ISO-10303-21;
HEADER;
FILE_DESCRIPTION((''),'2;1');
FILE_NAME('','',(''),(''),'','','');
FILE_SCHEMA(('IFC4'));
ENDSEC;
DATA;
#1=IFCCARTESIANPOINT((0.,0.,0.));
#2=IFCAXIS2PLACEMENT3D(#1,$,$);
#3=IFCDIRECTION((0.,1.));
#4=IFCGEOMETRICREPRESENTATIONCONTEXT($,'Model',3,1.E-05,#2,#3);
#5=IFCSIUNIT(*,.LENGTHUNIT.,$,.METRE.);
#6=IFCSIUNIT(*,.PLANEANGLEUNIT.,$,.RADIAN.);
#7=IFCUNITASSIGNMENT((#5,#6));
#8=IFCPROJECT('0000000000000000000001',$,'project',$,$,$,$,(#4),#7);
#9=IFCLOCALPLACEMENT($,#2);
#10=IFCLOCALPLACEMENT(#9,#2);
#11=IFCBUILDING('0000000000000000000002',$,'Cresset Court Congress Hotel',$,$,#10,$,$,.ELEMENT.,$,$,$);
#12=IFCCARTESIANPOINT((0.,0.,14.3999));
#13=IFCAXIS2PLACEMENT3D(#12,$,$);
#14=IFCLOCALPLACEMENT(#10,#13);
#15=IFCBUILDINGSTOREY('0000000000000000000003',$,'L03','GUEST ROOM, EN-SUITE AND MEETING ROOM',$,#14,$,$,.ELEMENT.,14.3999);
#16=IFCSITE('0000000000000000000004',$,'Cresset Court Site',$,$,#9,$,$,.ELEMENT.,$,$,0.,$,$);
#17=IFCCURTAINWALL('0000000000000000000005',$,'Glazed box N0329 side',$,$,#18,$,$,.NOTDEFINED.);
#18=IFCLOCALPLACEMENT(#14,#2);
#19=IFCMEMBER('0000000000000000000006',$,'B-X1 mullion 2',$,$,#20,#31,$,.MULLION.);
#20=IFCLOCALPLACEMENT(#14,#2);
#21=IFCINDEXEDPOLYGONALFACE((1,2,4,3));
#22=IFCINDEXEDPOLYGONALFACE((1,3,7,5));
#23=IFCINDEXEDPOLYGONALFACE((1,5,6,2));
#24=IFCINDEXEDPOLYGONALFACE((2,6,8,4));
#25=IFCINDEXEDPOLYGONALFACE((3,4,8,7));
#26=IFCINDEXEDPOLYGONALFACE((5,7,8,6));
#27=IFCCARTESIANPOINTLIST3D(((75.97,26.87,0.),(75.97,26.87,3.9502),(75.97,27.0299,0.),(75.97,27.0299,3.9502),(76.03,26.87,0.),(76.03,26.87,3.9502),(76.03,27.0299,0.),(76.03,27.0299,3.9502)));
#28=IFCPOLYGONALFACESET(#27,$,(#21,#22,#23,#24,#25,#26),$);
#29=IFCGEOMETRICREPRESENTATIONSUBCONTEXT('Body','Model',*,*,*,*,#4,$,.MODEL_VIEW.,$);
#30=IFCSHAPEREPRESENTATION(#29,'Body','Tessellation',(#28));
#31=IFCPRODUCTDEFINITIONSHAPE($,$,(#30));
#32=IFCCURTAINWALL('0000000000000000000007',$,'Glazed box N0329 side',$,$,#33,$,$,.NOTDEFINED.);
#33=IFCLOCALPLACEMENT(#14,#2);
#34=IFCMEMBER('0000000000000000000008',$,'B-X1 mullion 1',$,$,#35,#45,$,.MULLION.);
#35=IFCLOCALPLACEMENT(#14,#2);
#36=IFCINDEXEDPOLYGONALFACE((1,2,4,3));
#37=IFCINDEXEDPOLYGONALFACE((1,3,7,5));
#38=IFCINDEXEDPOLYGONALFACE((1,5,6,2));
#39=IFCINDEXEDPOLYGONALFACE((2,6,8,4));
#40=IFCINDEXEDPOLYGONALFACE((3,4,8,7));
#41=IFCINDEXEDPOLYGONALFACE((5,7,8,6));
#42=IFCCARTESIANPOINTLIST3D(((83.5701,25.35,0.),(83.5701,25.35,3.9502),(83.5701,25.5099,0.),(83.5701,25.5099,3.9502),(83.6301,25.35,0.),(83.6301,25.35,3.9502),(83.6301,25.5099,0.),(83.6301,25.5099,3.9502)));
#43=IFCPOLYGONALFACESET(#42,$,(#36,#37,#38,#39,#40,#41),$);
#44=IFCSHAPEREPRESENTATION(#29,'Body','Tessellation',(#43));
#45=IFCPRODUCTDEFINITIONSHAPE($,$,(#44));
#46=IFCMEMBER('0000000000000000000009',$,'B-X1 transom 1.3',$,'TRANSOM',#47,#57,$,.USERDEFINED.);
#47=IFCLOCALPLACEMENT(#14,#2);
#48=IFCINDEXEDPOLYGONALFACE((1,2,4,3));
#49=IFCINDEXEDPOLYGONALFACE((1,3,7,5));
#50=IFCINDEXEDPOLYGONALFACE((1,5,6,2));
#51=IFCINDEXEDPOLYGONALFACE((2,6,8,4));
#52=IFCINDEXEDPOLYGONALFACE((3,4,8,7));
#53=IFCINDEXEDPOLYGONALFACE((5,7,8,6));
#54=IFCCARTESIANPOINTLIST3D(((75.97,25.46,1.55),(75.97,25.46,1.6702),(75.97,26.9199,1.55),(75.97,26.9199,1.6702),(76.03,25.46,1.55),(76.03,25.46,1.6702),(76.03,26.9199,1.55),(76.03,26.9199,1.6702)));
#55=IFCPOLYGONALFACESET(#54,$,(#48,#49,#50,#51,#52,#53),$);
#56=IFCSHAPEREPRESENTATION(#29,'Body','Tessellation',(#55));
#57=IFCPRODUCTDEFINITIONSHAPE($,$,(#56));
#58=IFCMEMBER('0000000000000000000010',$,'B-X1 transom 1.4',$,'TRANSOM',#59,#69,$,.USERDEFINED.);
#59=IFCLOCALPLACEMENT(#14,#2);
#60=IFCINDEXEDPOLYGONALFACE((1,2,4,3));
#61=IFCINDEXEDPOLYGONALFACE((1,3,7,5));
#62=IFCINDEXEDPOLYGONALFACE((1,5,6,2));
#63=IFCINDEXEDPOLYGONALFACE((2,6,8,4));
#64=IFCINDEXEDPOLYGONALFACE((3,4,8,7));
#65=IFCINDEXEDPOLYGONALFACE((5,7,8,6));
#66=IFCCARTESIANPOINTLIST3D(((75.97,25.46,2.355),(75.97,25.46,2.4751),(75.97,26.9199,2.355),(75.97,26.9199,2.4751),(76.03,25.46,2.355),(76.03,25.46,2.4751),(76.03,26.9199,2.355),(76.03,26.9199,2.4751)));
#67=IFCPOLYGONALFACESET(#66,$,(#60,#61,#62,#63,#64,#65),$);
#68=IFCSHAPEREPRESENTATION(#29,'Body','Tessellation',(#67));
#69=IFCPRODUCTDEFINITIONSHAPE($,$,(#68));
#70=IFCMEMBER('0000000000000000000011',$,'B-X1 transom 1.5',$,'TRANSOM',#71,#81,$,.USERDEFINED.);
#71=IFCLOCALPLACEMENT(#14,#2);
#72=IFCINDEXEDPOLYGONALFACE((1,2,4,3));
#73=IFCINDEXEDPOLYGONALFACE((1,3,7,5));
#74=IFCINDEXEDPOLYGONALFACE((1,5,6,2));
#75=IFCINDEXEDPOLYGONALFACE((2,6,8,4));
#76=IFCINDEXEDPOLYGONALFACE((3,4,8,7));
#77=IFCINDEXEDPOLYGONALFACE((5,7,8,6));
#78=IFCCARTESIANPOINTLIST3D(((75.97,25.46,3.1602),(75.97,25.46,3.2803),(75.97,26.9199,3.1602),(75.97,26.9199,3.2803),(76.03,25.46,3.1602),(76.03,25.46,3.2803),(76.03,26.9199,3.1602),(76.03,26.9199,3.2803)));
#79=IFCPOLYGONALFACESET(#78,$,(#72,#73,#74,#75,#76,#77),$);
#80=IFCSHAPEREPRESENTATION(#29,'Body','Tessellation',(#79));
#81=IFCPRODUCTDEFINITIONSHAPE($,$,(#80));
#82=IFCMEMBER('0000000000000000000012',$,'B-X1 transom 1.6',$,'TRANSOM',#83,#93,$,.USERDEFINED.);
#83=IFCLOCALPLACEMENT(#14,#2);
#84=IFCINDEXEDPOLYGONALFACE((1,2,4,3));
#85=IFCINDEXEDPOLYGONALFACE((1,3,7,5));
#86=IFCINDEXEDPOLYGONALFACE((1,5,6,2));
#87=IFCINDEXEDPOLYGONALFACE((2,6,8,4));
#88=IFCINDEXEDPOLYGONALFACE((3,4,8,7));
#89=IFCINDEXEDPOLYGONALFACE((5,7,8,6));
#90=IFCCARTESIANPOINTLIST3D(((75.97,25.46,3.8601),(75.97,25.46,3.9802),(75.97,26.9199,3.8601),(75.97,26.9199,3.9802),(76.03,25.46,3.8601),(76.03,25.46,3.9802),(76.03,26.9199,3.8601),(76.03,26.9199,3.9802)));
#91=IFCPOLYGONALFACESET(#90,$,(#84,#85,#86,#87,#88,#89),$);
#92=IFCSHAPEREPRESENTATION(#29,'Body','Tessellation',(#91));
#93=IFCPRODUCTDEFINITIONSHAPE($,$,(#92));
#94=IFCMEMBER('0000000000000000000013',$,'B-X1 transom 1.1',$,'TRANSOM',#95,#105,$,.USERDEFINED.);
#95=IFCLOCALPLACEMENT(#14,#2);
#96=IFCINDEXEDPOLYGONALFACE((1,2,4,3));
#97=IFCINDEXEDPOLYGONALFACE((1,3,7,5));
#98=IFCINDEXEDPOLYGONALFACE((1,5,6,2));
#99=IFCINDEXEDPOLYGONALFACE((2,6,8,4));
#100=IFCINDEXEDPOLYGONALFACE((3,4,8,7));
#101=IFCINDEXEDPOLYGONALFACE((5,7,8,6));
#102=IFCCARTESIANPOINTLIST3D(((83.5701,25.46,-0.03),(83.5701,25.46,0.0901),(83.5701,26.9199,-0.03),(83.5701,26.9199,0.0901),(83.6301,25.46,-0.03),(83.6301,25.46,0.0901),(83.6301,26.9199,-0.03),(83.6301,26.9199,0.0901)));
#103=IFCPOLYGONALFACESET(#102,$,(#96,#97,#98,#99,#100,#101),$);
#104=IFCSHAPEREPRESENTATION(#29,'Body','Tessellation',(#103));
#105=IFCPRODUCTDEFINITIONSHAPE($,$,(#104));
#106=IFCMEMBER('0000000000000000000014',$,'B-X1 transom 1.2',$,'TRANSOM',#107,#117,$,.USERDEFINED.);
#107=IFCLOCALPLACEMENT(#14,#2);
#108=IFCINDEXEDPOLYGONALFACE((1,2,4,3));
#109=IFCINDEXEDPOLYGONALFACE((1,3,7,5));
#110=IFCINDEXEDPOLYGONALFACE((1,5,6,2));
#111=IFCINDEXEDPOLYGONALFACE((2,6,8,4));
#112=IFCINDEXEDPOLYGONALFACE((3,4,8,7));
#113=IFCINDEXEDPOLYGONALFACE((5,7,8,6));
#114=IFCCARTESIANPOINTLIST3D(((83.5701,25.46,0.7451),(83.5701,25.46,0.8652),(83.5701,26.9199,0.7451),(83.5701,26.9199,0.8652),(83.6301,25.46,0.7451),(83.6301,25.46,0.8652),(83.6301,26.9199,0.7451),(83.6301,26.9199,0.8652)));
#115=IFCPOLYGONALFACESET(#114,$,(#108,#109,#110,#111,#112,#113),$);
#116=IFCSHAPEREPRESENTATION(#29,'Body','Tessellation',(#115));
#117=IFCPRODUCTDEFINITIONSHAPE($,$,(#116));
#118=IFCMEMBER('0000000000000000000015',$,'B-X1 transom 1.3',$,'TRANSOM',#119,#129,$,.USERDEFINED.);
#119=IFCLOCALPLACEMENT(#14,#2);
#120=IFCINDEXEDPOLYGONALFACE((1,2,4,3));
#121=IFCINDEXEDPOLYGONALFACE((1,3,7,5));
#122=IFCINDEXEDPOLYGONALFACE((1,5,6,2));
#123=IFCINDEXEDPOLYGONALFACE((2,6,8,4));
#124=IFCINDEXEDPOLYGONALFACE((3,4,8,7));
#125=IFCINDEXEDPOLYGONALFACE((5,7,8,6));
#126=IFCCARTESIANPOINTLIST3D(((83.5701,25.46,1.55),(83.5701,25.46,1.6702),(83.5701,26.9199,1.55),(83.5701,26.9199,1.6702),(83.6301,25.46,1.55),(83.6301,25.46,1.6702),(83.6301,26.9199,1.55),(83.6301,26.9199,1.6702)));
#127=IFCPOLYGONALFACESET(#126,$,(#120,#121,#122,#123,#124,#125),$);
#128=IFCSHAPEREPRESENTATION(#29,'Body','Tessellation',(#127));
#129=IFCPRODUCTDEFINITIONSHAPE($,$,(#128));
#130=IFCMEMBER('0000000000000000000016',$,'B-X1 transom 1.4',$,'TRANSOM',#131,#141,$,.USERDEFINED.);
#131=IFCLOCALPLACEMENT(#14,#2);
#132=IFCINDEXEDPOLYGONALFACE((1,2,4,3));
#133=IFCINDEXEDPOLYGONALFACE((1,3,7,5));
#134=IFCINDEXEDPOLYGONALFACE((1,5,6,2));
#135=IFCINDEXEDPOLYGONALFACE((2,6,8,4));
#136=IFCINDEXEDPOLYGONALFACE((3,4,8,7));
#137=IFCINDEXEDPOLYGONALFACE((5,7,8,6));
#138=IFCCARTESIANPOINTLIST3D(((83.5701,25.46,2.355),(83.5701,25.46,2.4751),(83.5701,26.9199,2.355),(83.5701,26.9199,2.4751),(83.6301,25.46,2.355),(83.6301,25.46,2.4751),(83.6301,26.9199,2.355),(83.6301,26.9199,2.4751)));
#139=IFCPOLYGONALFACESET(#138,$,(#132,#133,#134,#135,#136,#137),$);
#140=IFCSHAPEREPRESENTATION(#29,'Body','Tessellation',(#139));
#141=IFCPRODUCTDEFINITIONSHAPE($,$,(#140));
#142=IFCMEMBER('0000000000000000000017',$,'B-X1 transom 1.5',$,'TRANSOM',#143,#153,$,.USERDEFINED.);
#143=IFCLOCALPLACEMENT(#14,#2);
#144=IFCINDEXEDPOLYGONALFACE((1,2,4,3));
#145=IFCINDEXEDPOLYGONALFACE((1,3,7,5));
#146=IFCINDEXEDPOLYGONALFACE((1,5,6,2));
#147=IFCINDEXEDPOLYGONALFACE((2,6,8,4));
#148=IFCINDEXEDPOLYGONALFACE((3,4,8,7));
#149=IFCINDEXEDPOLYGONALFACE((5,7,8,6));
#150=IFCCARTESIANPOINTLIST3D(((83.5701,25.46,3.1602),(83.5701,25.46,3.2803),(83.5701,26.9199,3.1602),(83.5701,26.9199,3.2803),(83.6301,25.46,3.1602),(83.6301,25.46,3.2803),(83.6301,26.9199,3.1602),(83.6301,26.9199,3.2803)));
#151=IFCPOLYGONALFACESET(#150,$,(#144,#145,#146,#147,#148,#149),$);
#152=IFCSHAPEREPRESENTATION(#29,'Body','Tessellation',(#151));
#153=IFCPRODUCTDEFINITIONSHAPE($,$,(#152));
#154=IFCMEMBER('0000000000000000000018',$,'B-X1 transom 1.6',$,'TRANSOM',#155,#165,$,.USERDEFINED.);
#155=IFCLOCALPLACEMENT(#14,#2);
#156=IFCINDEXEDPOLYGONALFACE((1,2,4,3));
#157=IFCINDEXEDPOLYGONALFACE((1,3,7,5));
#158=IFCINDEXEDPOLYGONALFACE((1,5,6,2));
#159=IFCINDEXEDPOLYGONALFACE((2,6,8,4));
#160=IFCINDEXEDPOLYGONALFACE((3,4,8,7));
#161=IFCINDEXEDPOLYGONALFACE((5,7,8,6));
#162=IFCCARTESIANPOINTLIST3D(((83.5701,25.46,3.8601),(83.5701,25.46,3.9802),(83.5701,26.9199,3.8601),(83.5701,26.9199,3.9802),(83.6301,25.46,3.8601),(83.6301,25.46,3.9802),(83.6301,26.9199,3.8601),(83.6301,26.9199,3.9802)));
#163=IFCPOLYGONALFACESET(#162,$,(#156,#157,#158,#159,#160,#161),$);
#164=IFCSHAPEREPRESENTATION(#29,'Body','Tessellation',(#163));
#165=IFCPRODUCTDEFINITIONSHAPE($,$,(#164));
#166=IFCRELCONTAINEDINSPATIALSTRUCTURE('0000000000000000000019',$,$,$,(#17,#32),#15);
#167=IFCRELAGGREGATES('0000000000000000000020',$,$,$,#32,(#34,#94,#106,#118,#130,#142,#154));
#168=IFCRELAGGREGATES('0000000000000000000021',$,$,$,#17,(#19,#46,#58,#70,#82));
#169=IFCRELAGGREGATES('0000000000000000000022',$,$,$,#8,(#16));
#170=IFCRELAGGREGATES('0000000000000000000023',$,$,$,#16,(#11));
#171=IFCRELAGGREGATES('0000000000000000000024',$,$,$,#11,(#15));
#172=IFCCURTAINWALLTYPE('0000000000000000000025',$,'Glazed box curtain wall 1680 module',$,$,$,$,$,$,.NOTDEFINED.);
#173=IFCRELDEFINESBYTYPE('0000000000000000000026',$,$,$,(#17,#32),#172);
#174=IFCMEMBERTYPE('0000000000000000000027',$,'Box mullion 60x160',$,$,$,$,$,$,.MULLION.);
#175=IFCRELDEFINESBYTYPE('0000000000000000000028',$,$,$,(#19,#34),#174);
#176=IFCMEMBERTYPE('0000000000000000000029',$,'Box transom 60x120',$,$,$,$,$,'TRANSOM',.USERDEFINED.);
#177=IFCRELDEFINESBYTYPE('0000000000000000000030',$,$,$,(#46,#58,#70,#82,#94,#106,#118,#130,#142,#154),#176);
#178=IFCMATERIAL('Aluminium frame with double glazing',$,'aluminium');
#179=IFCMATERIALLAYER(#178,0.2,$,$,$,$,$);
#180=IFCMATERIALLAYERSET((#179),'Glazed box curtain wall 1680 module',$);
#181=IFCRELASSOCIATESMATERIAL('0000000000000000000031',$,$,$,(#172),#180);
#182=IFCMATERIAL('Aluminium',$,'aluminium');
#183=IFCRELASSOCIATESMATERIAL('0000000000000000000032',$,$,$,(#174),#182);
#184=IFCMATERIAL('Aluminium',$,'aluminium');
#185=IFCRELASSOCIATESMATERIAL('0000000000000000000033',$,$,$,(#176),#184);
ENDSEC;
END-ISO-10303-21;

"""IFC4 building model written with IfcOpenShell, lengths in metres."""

from ifc_helpers import new_model, si_unit, direction, frame, origin, origin_2d, place, context, subcontext, project, spatial, rectangle, extrude, material, layer, layer_set, material_profile, profile_set, type_object, element, aggregate, save


model = new_model("IFC4")

# Units and contexts
model_context = context("Model", 3, precision=1e-05, world=origin(), true_north=direction((0.0, 1.0)))
body_context = subcontext(model_context, "Body", "Model", "MODEL_VIEW")
ifc_project = project(units=[si_unit("LENGTHUNIT", "METRE"), si_unit("PLANEANGLEUNIT", "RADIAN")], contexts=[model_context])

# Site, building, storey
site_placement = place(None, origin())
site = spatial("IfcSite", under=ifc_project, at=site_placement, Name="Cresset Court Site", CompositionType="ELEMENT", RefElevation=0.0)
building_placement = place(site_placement, origin())
building = spatial("IfcBuilding", under=site, at=building_placement, Name="Cresset Court Congress Hotel", CompositionType="ELEMENT")
storey_placement = place(building_placement, frame((0.0, 0.0, 14.3999)))
storey = spatial("IfcBuildingStorey", under=building, at=storey_placement, Name="L03", Description="GUEST ROOM, EN-SUITE AND MEETING ROOM", CompositionType="ELEMENT", Elevation=14.3999)

# Curtain walls, members
ifc_material_1 = material(Name="Aluminium frame with double glazing", Category="aluminium")
ifc_layer_1 = layer(ifc_material_1, 0.2)
ifc_layer_set_1 = layer_set([ifc_layer_1], Name="Glazed box curtain wall 1680 module")
curtain_wall_type = type_object("IfcCurtainWallType", Name="Glazed box curtain wall 1680 module", PredefinedType="NOTDEFINED", material=ifc_layer_set_1)
curtain_wall_1_placement = place(storey_placement, origin())
curtain_wall_1 = element("IfcCurtainWall", 1, at=curtain_wall_1_placement, inside=storey, type_object=curtain_wall_type, Name="Glazed box N0329 side", PredefinedType="NOTDEFINED")
ifc_material_2 = material(Name="Aluminium", Category="aluminium")
ifc_material_profile_1 = material_profile(ifc_material_2, rectangle(XDim=0.0601, YDim=0.1599, at=origin_2d()), Name="Box mullion 60x160")
ifc_profile_set_1 = profile_set([ifc_material_profile_1], Name="Aluminium")
member_type_1 = type_object("IfcMemberType", Name="Box mullion 60x160", PredefinedType="MULLION", material=ifc_profile_set_1)
member_1_placement = place(storey_placement, frame((76.0, 26.95, 0.0), z_axis=(0.0, 0.0, 1.0), x_axis=(-1.0, 0.0, 0.0)))
member_1 = element("IfcMember", 2, at=member_1_placement, type_object=member_type_1, Name="B-X1 mullion 2", PredefinedType="MULLION", context=body_context, shape_type="SweptSolid", body=[
    extrude(rectangle(XDim=0.0601, YDim=0.1599, at=origin_2d()), origin(), (0.0, 0.0, 1.0), 3.9502),
])
curtain_wall_2_placement = place(storey_placement, origin())
curtain_wall_2 = element("IfcCurtainWall", 3, at=curtain_wall_2_placement, inside=storey, type_object=curtain_wall_type, Name="Glazed box N0329 side", PredefinedType="NOTDEFINED")
member_2_placement = place(storey_placement, frame((83.6001, 25.4299, 0.0), z_axis=(0.0, 0.0, 1.0), x_axis=(-1.0, 0.0, 0.0)))
member_2 = element("IfcMember", 4, at=member_2_placement, type_object=member_type_1, Name="B-X1 mullion 1", PredefinedType="MULLION", context=body_context, shape_type="SweptSolid", body=[
    extrude(rectangle(XDim=0.0601, YDim=0.1599, at=origin_2d()), origin(), (0.0, 0.0, 1.0), 3.9502),
])

# Members
ifc_material_3 = material(Name="Aluminium", Category="aluminium")
ifc_material_profile_2 = material_profile(ifc_material_3, rectangle(XDim=0.0601, YDim=0.1201, at=origin_2d()), Name="Box transom 60x120")
ifc_profile_set_2 = profile_set([ifc_material_profile_2], Name="Aluminium")
member_type_2 = type_object("IfcMemberType", Name="Box transom 60x120", ElementType="TRANSOM", PredefinedType="USERDEFINED", material=ifc_profile_set_2)
member_3_placement = place(storey_placement, frame((76.0, 25.46, 1.6101), z_axis=(0.0, 1.0, 0.0), x_axis=(-1.0, 0.0, 0.0)))
member_3 = element("IfcMember", 5, at=member_3_placement, type_object=member_type_2, Name="B-X1 transom 1.3", ObjectType="TRANSOM", PredefinedType="USERDEFINED", context=body_context, shape_type="SweptSolid", body=[
    extrude(rectangle(XDim=0.0601, YDim=0.1201, at=origin_2d()), origin(), (0.0, 0.0, 1.0), 1.46),
])
member_4_placement = place(storey_placement, frame((76.0, 25.46, 2.415), z_axis=(0.0, 1.0, 0.0), x_axis=(-1.0, 0.0, 0.0)))
member_4 = element("IfcMember", 6, at=member_4_placement, type_object=member_type_2, Name="B-X1 transom 1.4", ObjectType="TRANSOM", PredefinedType="USERDEFINED", context=body_context, shape_type="SweptSolid", body=[
    extrude(rectangle(XDim=0.0601, YDim=0.1201, at=origin_2d()), origin(), (0.0, 0.0, 1.0), 1.46),
])
member_5_placement = place(storey_placement, frame((76.0, 25.46, 3.2202), z_axis=(0.0, 1.0, 0.0), x_axis=(-1.0, 0.0, 0.0)))
member_5 = element("IfcMember", 7, at=member_5_placement, type_object=member_type_2, Name="B-X1 transom 1.5", ObjectType="TRANSOM", PredefinedType="USERDEFINED", context=body_context, shape_type="SweptSolid", body=[
    extrude(rectangle(XDim=0.0601, YDim=0.1201, at=origin_2d()), origin(), (0.0, 0.0, 1.0), 1.46),
])
member_6_placement = place(storey_placement, frame((76.0, 25.46, 3.9202), z_axis=(0.0, 1.0, 0.0), x_axis=(-1.0, 0.0, 0.0)))
member_6 = element("IfcMember", 8, at=member_6_placement, type_object=member_type_2, Name="B-X1 transom 1.6", ObjectType="TRANSOM", PredefinedType="USERDEFINED", context=body_context, shape_type="SweptSolid", body=[
    extrude(rectangle(XDim=0.0601, YDim=0.1201, at=origin_2d()), origin(), (0.0, 0.0, 1.0), 1.46),
])
member_7_placement = place(storey_placement, frame((83.6001, 25.46, 0.03), z_axis=(0.0, 1.0, 0.0), x_axis=(-1.0, 0.0, 0.0)))
member_7 = element("IfcMember", 9, at=member_7_placement, type_object=member_type_2, Name="B-X1 transom 1.1", ObjectType="TRANSOM", PredefinedType="USERDEFINED", context=body_context, shape_type="SweptSolid", body=[
    extrude(rectangle(XDim=0.0601, YDim=0.1201, at=origin_2d()), origin(), (0.0, 0.0, 1.0), 1.46),
])
member_8_placement = place(storey_placement, frame((83.6001, 25.46, 0.8052), z_axis=(0.0, 1.0, 0.0), x_axis=(-1.0, 0.0, 0.0)))
member_8 = element("IfcMember", 10, at=member_8_placement, type_object=member_type_2, Name="B-X1 transom 1.2", ObjectType="TRANSOM", PredefinedType="USERDEFINED", context=body_context, shape_type="SweptSolid", body=[
    extrude(rectangle(XDim=0.0601, YDim=0.1201, at=origin_2d()), origin(), (0.0, 0.0, 1.0), 1.46),
])
member_9_placement = place(storey_placement, frame((83.6001, 25.46, 1.6101), z_axis=(0.0, 1.0, 0.0), x_axis=(-1.0, 0.0, 0.0)))
member_9 = element("IfcMember", 11, at=member_9_placement, type_object=member_type_2, Name="B-X1 transom 1.3", ObjectType="TRANSOM", PredefinedType="USERDEFINED", context=body_context, shape_type="SweptSolid", body=[
    extrude(rectangle(XDim=0.0601, YDim=0.1201, at=origin_2d()), origin(), (0.0, 0.0, 1.0), 1.46),
])
member_10_placement = place(storey_placement, frame((83.6001, 25.46, 2.415), z_axis=(0.0, 1.0, 0.0), x_axis=(-1.0, 0.0, 0.0)))
member_10 = element("IfcMember", 12, at=member_10_placement, type_object=member_type_2, Name="B-X1 transom 1.4", ObjectType="TRANSOM", PredefinedType="USERDEFINED", context=body_context, shape_type="SweptSolid", body=[
    extrude(rectangle(XDim=0.0601, YDim=0.1201, at=origin_2d()), origin(), (0.0, 0.0, 1.0), 1.46),
])
member_11_placement = place(storey_placement, frame((83.6001, 25.46, 3.2202), z_axis=(0.0, 1.0, 0.0), x_axis=(-1.0, 0.0, 0.0)))
member_11 = element("IfcMember", 13, at=member_11_placement, type_object=member_type_2, Name="B-X1 transom 1.5", ObjectType="TRANSOM", PredefinedType="USERDEFINED", context=body_context, shape_type="SweptSolid", body=[
    extrude(rectangle(XDim=0.0601, YDim=0.1201, at=origin_2d()), origin(), (0.0, 0.0, 1.0), 1.46),
])
member_12_placement = place(storey_placement, frame((83.6001, 25.46, 3.9202), z_axis=(0.0, 1.0, 0.0), x_axis=(-1.0, 0.0, 0.0)))
member_12 = element("IfcMember", 14, at=member_12_placement, type_object=member_type_2, Name="B-X1 transom 1.6", ObjectType="TRANSOM", PredefinedType="USERDEFINED", context=body_context, shape_type="SweptSolid", body=[
    extrude(rectangle(XDim=0.0601, YDim=0.1201, at=origin_2d()), origin(), (0.0, 0.0, 1.0), 1.46),
])

aggregate(curtain_wall_2, [member_2, member_7, member_8, member_9, member_10, member_11, member_12])
aggregate(curtain_wall_1, [member_1, member_3, member_4, member_5, member_6])

save(model, "model.ifc")
